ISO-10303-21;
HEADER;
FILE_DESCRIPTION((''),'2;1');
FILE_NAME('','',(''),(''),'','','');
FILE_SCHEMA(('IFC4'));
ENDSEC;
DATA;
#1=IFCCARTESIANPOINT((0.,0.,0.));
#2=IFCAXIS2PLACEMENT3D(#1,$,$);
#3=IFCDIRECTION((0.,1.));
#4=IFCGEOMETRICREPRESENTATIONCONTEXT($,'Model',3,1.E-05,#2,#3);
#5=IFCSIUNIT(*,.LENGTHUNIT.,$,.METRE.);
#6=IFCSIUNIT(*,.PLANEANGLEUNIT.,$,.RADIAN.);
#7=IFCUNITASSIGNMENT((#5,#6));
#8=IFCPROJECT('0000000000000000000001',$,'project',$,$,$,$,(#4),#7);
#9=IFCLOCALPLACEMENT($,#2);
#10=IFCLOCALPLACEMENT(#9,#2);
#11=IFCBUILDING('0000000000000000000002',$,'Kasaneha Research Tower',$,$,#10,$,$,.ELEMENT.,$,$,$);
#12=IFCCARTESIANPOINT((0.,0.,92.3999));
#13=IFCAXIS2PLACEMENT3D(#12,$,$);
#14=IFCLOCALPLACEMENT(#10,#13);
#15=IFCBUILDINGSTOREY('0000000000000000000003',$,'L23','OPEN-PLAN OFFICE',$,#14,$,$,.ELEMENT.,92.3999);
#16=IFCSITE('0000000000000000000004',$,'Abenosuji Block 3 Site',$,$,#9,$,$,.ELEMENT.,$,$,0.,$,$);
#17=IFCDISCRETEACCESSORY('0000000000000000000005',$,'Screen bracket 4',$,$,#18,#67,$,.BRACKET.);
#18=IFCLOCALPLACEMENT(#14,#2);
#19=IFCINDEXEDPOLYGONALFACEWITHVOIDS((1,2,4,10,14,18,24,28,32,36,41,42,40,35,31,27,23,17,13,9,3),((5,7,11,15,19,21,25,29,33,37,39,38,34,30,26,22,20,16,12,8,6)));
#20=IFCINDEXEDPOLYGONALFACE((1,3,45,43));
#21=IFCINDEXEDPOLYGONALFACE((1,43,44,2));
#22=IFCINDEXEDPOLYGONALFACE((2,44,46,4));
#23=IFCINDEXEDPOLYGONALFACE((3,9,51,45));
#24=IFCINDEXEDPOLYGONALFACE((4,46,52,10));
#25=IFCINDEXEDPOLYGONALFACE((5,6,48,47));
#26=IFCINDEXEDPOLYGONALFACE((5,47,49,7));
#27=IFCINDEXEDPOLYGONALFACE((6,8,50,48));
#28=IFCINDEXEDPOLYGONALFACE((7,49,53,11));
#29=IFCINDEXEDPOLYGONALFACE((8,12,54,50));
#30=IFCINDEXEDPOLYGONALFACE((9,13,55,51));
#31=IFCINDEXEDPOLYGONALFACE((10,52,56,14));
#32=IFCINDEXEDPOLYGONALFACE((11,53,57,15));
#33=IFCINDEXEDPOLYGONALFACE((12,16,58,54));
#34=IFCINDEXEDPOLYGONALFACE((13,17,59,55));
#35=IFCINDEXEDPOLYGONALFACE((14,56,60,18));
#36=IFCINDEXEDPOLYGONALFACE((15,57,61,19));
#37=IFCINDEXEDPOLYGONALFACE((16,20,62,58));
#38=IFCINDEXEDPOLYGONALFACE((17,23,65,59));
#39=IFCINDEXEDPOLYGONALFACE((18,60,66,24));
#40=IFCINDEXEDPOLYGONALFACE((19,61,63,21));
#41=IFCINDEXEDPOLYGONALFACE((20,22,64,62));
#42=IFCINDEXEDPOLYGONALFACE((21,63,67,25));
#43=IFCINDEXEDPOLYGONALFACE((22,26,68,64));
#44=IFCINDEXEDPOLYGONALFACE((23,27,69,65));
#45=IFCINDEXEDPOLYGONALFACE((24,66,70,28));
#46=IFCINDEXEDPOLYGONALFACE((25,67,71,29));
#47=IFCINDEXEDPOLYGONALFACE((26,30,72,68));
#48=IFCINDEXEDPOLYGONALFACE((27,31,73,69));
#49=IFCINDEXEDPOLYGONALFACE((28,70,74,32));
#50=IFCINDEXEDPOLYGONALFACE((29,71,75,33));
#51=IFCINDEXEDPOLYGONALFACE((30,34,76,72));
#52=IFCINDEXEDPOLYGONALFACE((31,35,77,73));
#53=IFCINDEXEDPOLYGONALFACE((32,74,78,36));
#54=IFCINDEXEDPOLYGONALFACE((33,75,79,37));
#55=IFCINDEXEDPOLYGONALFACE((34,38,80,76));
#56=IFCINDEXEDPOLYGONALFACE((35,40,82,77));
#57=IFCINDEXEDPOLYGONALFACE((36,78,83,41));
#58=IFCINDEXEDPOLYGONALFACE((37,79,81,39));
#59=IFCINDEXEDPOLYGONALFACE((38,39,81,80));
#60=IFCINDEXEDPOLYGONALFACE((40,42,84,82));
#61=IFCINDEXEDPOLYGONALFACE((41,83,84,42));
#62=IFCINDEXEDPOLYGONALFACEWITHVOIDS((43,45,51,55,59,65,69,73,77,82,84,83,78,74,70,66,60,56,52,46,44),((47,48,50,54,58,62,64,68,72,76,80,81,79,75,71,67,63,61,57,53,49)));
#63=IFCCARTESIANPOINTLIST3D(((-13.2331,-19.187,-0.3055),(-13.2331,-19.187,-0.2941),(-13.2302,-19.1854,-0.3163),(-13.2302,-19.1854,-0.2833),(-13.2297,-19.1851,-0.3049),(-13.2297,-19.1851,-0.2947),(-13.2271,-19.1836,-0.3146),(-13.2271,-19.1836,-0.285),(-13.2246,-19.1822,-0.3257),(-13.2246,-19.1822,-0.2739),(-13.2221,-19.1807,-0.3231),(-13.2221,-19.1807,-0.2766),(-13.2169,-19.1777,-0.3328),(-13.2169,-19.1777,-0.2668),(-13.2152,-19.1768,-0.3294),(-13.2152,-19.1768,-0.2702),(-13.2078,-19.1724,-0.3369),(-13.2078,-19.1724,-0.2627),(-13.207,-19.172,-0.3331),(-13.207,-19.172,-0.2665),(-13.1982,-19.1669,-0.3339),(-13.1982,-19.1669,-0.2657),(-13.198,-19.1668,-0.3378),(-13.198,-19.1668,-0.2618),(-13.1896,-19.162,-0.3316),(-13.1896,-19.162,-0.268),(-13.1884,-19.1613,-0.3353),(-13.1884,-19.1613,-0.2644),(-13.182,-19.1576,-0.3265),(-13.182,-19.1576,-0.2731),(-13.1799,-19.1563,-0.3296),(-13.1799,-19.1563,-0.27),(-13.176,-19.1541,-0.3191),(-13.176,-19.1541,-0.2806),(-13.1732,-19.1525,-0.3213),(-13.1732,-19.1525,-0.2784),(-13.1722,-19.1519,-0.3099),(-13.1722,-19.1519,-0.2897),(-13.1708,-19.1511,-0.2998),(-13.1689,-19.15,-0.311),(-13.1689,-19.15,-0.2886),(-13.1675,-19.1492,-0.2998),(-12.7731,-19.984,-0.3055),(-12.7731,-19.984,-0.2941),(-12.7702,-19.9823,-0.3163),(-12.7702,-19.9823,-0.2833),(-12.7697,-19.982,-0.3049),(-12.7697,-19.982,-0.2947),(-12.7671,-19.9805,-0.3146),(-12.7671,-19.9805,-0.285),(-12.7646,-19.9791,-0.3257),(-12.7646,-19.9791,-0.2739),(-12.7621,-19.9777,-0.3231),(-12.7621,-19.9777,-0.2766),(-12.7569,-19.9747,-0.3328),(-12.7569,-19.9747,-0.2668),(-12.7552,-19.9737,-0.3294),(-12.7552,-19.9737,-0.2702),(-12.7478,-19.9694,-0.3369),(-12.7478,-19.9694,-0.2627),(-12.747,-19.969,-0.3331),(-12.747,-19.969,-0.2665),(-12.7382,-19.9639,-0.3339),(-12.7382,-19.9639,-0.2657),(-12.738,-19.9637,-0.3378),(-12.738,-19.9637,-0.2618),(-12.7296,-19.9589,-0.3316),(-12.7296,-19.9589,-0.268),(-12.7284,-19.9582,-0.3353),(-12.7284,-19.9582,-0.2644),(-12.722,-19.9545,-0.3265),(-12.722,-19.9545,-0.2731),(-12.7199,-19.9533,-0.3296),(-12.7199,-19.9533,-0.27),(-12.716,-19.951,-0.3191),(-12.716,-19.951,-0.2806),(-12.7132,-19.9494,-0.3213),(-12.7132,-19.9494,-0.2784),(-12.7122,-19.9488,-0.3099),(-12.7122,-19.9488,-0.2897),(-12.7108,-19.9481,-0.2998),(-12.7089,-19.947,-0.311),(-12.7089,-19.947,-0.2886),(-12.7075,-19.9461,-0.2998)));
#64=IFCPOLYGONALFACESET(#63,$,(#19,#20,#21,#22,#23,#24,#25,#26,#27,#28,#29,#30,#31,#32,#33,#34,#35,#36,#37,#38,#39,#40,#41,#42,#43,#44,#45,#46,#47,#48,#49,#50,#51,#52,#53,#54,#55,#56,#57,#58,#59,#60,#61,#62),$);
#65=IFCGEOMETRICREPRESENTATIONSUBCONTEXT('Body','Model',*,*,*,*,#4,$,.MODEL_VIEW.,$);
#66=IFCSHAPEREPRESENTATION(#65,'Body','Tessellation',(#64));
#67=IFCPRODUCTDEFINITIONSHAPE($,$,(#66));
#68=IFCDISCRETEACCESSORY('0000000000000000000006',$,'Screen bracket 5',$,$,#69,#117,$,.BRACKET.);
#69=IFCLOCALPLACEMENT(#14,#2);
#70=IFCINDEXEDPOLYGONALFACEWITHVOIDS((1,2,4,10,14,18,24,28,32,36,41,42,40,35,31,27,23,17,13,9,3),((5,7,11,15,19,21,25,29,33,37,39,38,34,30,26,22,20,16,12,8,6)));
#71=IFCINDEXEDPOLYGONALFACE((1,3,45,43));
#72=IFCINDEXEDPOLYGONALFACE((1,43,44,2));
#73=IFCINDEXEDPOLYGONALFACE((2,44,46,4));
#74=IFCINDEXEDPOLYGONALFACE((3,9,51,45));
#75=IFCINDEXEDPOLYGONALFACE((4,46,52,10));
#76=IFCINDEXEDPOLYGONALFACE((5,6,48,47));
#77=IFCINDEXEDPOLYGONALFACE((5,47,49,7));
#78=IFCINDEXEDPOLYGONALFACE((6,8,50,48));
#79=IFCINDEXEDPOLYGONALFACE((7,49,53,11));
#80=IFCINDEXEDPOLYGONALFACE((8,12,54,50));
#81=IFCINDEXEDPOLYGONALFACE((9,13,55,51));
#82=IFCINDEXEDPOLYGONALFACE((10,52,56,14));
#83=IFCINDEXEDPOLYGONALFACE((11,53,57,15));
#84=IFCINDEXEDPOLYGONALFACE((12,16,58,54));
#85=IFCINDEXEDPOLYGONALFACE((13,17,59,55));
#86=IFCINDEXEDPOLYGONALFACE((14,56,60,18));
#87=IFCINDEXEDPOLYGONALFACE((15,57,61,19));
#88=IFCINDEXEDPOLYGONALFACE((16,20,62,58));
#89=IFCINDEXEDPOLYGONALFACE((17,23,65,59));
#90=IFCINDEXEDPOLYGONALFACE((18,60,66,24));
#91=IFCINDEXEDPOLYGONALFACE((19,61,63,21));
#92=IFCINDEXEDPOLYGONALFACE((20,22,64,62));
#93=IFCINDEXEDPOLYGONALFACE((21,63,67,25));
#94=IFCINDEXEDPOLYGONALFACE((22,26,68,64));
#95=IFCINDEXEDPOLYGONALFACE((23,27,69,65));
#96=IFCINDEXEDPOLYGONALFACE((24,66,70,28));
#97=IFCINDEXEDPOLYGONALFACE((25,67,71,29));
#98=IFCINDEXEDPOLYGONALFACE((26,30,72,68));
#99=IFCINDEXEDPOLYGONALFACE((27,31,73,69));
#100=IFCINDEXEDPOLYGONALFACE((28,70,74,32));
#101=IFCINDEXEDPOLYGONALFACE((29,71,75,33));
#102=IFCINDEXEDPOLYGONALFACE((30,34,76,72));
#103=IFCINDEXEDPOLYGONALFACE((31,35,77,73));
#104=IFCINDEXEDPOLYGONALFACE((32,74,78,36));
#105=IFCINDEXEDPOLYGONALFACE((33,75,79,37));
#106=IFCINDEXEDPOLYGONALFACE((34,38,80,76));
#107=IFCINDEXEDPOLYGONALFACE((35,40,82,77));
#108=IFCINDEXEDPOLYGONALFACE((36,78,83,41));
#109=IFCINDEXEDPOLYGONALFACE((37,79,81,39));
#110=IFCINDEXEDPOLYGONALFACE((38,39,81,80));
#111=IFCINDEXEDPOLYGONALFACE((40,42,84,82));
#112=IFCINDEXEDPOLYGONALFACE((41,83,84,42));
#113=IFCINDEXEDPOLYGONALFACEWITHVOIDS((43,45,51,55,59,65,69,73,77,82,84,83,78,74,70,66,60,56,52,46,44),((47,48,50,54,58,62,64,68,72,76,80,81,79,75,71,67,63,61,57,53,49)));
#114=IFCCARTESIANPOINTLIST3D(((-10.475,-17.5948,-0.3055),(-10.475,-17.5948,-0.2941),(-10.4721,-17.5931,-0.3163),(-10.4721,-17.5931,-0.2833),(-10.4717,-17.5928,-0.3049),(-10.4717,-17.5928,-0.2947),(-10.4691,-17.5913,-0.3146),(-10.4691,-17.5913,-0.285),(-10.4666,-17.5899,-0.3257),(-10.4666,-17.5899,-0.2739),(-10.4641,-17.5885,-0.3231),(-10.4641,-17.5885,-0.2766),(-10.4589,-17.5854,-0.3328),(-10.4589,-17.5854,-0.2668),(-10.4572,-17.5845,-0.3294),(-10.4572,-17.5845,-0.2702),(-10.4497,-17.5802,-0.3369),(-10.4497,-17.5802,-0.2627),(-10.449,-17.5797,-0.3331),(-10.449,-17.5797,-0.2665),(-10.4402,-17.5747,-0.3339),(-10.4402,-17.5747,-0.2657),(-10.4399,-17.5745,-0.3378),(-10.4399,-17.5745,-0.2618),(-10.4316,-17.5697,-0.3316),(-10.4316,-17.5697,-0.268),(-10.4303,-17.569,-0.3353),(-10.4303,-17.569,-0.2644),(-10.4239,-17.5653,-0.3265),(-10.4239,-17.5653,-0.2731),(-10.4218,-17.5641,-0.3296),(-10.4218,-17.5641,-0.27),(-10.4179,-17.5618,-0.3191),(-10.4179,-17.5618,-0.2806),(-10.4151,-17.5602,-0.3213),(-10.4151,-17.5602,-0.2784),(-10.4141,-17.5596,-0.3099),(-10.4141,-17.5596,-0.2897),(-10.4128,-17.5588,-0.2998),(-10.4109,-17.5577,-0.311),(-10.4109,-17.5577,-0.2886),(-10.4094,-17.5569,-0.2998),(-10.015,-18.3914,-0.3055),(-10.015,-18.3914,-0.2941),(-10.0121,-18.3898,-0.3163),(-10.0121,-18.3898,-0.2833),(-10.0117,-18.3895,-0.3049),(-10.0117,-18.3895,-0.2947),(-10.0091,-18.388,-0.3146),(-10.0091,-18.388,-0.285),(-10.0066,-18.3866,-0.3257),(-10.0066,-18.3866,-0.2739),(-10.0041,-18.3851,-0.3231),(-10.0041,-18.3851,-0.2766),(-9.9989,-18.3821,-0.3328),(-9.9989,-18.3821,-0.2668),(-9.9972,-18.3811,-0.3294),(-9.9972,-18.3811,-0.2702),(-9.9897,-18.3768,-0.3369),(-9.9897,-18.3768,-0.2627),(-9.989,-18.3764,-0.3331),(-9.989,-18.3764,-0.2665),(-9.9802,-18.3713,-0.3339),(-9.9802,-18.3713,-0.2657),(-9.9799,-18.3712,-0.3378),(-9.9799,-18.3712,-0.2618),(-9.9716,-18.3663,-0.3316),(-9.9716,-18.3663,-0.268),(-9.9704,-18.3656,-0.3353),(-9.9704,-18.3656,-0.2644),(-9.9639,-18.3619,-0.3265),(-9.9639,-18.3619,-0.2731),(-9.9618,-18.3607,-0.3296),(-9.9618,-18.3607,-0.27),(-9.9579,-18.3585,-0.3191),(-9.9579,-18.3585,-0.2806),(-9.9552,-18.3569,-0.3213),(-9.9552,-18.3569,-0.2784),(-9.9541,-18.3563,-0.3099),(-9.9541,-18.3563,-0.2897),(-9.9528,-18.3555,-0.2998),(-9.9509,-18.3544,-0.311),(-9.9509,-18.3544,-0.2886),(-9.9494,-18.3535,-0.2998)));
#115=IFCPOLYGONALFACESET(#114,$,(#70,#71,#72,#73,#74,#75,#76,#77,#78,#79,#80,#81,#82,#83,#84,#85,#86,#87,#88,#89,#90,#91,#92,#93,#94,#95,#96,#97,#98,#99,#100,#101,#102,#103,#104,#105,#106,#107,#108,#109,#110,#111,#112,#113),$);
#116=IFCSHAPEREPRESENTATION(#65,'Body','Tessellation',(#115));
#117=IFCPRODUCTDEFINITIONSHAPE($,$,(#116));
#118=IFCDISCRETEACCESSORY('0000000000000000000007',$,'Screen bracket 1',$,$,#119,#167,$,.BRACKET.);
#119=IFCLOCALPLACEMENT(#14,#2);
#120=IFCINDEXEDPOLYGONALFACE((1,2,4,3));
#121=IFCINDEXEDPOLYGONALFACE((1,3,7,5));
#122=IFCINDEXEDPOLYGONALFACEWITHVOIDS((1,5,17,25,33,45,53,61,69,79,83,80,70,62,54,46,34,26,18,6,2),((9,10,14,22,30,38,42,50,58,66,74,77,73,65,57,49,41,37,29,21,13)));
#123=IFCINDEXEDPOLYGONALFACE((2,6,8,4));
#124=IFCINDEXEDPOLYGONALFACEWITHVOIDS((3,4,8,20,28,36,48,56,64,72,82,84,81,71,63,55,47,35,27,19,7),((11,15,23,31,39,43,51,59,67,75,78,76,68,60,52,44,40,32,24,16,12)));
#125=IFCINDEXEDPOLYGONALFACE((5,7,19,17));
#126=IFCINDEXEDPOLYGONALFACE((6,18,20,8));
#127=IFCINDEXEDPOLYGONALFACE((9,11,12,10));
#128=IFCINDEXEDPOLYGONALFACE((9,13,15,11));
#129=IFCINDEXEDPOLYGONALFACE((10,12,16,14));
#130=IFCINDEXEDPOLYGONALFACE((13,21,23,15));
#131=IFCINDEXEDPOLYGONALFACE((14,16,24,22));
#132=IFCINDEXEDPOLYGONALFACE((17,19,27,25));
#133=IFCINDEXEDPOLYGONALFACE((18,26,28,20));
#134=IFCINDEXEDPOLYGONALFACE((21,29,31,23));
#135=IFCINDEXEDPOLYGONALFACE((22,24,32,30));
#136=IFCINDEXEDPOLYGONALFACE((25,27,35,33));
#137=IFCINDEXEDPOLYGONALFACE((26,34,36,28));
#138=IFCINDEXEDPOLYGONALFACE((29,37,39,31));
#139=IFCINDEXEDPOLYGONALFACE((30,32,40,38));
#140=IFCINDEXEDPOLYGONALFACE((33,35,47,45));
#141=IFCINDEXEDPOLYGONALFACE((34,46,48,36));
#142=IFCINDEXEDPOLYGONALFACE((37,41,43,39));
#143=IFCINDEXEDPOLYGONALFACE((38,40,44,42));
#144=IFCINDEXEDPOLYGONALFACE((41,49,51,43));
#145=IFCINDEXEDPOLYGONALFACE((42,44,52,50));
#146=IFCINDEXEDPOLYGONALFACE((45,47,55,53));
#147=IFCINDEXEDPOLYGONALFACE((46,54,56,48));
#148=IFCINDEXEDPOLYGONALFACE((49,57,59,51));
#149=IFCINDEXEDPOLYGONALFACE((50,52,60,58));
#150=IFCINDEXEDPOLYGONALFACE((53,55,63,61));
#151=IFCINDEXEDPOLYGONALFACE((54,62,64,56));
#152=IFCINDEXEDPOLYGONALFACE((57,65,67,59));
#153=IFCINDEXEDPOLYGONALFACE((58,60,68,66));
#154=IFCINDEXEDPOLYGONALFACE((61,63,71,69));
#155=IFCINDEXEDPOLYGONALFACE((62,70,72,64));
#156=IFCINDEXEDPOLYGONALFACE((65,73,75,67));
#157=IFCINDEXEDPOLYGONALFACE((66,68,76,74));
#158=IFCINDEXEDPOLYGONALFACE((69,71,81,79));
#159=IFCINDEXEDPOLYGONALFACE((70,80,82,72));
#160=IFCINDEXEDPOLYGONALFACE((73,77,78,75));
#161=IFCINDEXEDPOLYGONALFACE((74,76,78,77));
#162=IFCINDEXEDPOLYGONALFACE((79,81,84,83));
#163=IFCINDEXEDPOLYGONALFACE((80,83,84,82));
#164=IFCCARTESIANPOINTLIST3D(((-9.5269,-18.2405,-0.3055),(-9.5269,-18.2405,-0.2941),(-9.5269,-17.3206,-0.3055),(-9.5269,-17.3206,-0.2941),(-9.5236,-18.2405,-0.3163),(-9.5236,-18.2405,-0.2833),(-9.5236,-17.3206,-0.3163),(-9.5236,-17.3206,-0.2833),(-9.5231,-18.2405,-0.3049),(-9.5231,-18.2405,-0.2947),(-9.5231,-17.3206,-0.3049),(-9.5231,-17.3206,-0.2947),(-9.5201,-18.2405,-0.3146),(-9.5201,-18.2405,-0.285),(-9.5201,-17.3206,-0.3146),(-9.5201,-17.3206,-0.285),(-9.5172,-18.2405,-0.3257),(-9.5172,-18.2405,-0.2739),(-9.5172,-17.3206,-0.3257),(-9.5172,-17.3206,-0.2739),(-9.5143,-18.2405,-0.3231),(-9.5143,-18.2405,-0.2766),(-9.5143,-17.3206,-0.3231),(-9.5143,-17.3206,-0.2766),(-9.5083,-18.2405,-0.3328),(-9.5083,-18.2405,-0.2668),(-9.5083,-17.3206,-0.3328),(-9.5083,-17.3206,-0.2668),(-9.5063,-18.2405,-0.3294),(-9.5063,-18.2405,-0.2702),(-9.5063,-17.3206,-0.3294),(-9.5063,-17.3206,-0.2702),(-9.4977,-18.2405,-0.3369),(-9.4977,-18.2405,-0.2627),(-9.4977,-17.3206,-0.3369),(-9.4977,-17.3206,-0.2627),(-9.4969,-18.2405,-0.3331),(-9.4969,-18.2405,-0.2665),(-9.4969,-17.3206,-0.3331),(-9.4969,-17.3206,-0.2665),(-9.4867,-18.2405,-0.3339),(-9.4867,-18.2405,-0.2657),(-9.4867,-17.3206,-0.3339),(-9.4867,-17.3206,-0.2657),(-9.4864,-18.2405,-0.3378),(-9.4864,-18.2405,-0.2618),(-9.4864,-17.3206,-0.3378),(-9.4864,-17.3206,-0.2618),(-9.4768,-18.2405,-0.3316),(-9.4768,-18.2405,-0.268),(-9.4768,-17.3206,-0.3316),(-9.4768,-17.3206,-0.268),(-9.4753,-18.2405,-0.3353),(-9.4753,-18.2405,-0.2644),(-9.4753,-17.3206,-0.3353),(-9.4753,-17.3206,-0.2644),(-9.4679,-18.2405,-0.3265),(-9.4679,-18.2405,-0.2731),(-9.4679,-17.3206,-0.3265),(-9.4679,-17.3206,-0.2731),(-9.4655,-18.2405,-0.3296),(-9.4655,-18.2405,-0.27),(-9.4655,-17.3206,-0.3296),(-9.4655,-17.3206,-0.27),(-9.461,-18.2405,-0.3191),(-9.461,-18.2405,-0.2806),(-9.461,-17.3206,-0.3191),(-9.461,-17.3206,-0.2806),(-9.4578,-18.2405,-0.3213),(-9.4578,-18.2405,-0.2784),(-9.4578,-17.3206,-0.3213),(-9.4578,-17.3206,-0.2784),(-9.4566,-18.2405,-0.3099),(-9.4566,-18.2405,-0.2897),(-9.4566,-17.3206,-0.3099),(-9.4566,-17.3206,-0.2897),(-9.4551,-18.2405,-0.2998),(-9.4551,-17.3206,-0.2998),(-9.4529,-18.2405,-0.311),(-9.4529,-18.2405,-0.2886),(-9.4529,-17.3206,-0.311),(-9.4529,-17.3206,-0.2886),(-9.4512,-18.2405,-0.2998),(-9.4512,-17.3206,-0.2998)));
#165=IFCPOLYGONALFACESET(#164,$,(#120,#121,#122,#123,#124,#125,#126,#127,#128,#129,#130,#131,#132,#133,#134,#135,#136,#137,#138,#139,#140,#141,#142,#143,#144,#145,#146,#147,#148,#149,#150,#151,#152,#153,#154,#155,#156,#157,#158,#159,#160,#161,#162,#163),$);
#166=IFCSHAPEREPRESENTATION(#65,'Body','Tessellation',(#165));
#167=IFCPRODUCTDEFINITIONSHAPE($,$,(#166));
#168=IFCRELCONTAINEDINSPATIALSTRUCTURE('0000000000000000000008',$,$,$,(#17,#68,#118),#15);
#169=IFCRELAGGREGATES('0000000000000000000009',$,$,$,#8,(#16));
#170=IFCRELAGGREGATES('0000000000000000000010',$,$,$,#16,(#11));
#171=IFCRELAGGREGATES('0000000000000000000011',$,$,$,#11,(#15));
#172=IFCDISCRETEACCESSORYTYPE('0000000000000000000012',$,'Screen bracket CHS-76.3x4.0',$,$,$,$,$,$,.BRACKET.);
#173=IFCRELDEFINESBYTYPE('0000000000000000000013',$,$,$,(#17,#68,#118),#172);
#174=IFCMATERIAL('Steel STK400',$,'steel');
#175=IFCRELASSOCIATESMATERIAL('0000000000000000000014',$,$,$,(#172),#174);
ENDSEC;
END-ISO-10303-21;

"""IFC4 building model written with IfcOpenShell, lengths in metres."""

from ifc_helpers import new_model, si_unit, direction, frame, origin, origin_2d, place, context, subcontext, project, spatial, hollow_circle, extrude, material, material_profile, profile_set, type_object, element, save


model = new_model("IFC4")

# Units and contexts
model_context = context("Model", 3, precision=1e-05, world=origin(), true_north=direction((0.0, 1.0)))
body_context = subcontext(model_context, "Body", "Model", "MODEL_VIEW")
ifc_project = project(units=[si_unit("LENGTHUNIT", "METRE"), si_unit("PLANEANGLEUNIT", "RADIAN")], contexts=[model_context])

# Site, building, storey
site_placement = place(None, origin())
site = spatial("IfcSite", under=ifc_project, at=site_placement, Name="Abenosuji Block 3 Site", CompositionType="ELEMENT", RefElevation=0.0)
building_placement = place(site_placement, origin())
building = spatial("IfcBuilding", under=site, at=building_placement, Name="Kasaneha Research Tower", CompositionType="ELEMENT")
storey_placement = place(building_placement, frame((0.0, 0.0, 92.3999)))
storey = spatial("IfcBuildingStorey", under=building, at=storey_placement, Name="L23", Description="OPEN-PLAN OFFICE", CompositionType="ELEMENT", Elevation=92.3999)

# Discrete accessories
ifc_material_1 = material(Name="Steel STK400", Category="steel")
ifc_material_profile_1 = material_profile(ifc_material_1, hollow_circle(Radius=0.0381, WallThickness=0.0039, at=origin_2d()), Name="CHS-76.3x4.0")
ifc_profile_set_1 = profile_set([ifc_material_profile_1], Name="Steel STK400")
discrete_accessory_type = type_object("IfcDiscreteAccessoryType", Name="Screen bracket CHS-76.3x4.0", PredefinedType="BRACKET", material=ifc_profile_set_1)
discrete_accessory_1_placement = place(storey_placement, frame((-13.2004, -19.1682, -0.2998), z_axis=(0.499906, -0.86608, 0.0), x_axis=(0.86608, 0.499906, 0.0)))
element("IfcDiscreteAccessory", 1, at=discrete_accessory_1_placement, inside=storey, type_object=discrete_accessory_type, Name="Screen bracket 4", PredefinedType="BRACKET", context=body_context, shape_type="SweptSolid", body=[
    extrude(hollow_circle(Radius=0.0381, WallThickness=0.0039, at=origin_2d()), origin(), (0.0, 0.0, 1.0), 0.9202),
])
for number, where, z_axis, x_axis, name in (
    (2, (-10.4424, -17.5759, -0.2998), (0.500021, -0.866013, 0.0), (0.866013, 0.500021, 0.0), "Screen bracket 5"),
    (3, (-9.4893, -17.3206, -0.2998), (0.0, -1.0, 0.0), (1.0, 0.0, 0.0), "Screen bracket 1"),
):
    element("IfcDiscreteAccessory", number, at=place(storey_placement, frame(where, z_axis=z_axis, x_axis=x_axis)), inside=storey, type_object=discrete_accessory_type, Name=name, PredefinedType="BRACKET", context=body_context, shape_type="SweptSolid", body=[
        extrude(hollow_circle(Radius=0.0381, WallThickness=0.0039, at=origin_2d()), origin(), (0.0, 0.0, 1.0), 0.9199),
    ])

save(model, "model.ifc")
